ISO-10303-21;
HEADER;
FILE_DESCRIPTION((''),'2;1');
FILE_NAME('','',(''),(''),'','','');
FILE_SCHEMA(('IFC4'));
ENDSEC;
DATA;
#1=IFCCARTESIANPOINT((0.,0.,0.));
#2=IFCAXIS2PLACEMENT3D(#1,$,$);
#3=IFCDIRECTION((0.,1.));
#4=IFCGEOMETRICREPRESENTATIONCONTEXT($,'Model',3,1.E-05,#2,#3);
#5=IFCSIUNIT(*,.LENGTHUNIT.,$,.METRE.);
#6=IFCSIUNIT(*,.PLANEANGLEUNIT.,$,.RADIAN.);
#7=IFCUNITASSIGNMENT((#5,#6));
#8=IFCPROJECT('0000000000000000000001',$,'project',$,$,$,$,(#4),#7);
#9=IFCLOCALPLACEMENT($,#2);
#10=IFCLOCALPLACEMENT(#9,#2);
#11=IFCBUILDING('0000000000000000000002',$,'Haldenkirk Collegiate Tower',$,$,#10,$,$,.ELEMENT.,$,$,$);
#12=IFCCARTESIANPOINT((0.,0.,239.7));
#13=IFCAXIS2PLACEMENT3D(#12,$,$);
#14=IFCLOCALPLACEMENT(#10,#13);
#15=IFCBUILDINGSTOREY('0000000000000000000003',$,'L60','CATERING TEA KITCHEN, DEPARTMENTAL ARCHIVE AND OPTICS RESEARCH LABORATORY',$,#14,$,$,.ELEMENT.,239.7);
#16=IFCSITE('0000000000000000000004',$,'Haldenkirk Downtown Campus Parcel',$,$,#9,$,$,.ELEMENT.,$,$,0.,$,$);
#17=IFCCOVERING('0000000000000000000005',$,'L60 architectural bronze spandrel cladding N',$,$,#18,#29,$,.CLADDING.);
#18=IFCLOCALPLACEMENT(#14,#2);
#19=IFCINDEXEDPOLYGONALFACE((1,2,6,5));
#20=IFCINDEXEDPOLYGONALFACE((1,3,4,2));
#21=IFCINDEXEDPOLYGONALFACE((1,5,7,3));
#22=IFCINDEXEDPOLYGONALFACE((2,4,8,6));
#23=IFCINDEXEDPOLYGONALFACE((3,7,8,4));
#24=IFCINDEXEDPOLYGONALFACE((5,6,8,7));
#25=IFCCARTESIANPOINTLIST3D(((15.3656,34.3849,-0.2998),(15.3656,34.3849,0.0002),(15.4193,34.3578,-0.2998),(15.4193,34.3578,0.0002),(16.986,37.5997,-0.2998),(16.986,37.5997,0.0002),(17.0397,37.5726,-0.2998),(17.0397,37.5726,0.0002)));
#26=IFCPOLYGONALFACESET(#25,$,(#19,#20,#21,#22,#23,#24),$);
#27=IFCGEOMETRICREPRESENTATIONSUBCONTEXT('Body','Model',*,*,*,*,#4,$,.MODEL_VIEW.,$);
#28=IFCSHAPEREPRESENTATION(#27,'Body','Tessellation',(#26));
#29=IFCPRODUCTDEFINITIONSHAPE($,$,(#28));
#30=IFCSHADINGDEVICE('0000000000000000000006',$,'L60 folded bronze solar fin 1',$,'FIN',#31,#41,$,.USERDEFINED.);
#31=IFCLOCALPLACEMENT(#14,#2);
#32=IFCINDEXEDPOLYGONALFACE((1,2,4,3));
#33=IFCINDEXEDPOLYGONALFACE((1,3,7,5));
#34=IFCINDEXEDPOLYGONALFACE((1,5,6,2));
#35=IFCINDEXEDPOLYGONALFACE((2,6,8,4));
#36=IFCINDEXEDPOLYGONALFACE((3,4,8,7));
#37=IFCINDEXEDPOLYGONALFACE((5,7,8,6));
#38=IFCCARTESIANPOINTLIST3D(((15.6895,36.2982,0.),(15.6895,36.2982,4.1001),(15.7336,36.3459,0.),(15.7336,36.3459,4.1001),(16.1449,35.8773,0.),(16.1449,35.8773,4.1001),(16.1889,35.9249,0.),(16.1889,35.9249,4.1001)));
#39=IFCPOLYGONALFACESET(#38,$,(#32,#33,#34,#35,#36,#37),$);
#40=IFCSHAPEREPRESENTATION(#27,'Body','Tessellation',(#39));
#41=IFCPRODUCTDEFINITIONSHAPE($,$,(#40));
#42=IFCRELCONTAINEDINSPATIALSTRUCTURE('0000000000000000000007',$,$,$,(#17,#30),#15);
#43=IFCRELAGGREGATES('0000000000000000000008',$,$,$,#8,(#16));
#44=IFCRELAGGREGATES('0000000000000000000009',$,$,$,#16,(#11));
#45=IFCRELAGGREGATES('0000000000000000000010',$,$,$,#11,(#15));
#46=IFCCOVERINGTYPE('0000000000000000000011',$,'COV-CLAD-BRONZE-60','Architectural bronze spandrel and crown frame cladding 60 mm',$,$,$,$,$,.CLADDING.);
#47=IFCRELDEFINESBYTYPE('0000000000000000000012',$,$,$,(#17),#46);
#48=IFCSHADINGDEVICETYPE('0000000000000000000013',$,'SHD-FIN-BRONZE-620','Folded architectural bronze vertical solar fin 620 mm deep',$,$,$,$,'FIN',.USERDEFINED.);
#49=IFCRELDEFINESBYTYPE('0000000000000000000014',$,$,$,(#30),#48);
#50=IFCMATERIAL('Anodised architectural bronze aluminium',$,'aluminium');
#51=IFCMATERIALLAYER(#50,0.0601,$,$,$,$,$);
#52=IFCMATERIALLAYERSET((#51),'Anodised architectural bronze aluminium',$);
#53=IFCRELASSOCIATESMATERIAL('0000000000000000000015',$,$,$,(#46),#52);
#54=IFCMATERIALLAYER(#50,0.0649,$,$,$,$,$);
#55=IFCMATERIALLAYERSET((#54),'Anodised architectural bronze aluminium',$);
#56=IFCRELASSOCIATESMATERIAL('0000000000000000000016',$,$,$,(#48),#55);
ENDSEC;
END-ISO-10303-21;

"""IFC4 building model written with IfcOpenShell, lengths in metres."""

from ifc_helpers import new_model, si_unit, direction, frame, origin, origin_2d, place, context, subcontext, project, spatial, rectangle, extrude, source, transform, mapped, material, layer, layer_set, type_object, element, save


model = new_model("IFC4")

# Units and contexts
model_context = context("Model", 3, precision=1e-05, world=origin(), true_north=direction((0.0, 1.0)))
body_context = subcontext(model_context, "Body", "Model", "MODEL_VIEW")
ifc_project = project(units=[si_unit("LENGTHUNIT", "METRE"), si_unit("PLANEANGLEUNIT", "RADIAN")], contexts=[model_context])

# Site, building, storey
site_placement = place(None, origin())
site = spatial("IfcSite", under=ifc_project, at=site_placement, Name="Haldenkirk Downtown Campus Parcel", CompositionType="ELEMENT", RefElevation=0.0)
building_placement = place(site_placement, origin())
building = spatial("IfcBuilding", under=site, at=building_placement, Name="Haldenkirk Collegiate Tower", CompositionType="ELEMENT")
storey_placement = place(building_placement, frame((0.0, 0.0, 239.7)))
storey = spatial("IfcBuildingStorey", under=building, at=storey_placement, Name="L60", Description="CATERING TEA KITCHEN, DEPARTMENTAL ARCHIVE AND OPTICS RESEARCH LABORATORY", CompositionType="ELEMENT", Elevation=239.7)

# Shared definitions
ifc_material_1 = material(Name="Anodised architectural bronze aluminium", Category="aluminium")

# Covering
ifc_layer_1 = layer(ifc_material_1, 0.0601)
ifc_layer_set_1 = layer_set([ifc_layer_1], Name="Anodised architectural bronze aluminium")
covering_type = type_object("IfcCoveringType", Name="COV-CLAD-BRONZE-60", Description="Architectural bronze spandrel and crown frame cladding 60 mm", PredefinedType="CLADDING", material=ifc_layer_set_1)
shared_shape_1 = source(origin(), body_context, "Body", "SweptSolid", [
    extrude(rectangle(XDim=3.6001, YDim=0.0601, at=origin_2d()), origin(), (0.0, 0.0, 1.0), 0.3),
])
covering_placement = place(storey_placement, frame((16.2026, 35.9788, -0.2998), z_axis=(0.0, 0.0, 1.0), x_axis=(0.450098, 0.892979, 0.0)))
element("IfcCovering", 1, at=covering_placement, inside=storey, type_object=covering_type, Name="L60 architectural bronze spandrel cladding N", PredefinedType="CLADDING", context=body_context, shape_type="MappedRepresentation", body=[
    mapped(shared_shape_1, transform((0.0, 0.0, 0.0), x_axis=(1.0, 0.0, 0.0), y_axis=(0.0, 1.0, 0.0), z_axis=(0.0, 0.0, 1.0), scale=1.0)),
])

# Shading device
ifc_layer_2 = layer(ifc_material_1, 0.0649)
ifc_layer_set_2 = layer_set([ifc_layer_2], Name="Anodised architectural bronze aluminium")
shading_device_type = type_object("IfcShadingDeviceType", Name="SHD-FIN-BRONZE-620", Description="Folded architectural bronze vertical solar fin 620 mm deep", ElementType="FIN", PredefinedType="USERDEFINED", material=ifc_layer_set_2)
shared_shape_2 = source(origin(), body_context, "Body", "SweptSolid", [
    extrude(rectangle(XDim=0.6201, YDim=0.0649, at=origin_2d()), origin(), (0.0, 0.0, 1.0), 4.1001),
])
shading_device_placement = place(storey_placement, frame((15.9392, 36.1116, 0.0), z_axis=(0.0, 0.0, 1.0), x_axis=(-0.734323, 0.678801, 0.0)))
element("IfcShadingDevice", 2, at=shading_device_placement, inside=storey, type_object=shading_device_type, Name="L60 folded bronze solar fin 1", ObjectType="FIN", PredefinedType="USERDEFINED", context=body_context, shape_type="MappedRepresentation", body=[
    mapped(shared_shape_2, transform((0.0, 0.0, 0.0), x_axis=(1.0, 0.0, 0.0), y_axis=(0.0, 1.0, 0.0), z_axis=(0.0, 0.0, 1.0), scale=1.0)),
])

save(model, "model.ifc")
